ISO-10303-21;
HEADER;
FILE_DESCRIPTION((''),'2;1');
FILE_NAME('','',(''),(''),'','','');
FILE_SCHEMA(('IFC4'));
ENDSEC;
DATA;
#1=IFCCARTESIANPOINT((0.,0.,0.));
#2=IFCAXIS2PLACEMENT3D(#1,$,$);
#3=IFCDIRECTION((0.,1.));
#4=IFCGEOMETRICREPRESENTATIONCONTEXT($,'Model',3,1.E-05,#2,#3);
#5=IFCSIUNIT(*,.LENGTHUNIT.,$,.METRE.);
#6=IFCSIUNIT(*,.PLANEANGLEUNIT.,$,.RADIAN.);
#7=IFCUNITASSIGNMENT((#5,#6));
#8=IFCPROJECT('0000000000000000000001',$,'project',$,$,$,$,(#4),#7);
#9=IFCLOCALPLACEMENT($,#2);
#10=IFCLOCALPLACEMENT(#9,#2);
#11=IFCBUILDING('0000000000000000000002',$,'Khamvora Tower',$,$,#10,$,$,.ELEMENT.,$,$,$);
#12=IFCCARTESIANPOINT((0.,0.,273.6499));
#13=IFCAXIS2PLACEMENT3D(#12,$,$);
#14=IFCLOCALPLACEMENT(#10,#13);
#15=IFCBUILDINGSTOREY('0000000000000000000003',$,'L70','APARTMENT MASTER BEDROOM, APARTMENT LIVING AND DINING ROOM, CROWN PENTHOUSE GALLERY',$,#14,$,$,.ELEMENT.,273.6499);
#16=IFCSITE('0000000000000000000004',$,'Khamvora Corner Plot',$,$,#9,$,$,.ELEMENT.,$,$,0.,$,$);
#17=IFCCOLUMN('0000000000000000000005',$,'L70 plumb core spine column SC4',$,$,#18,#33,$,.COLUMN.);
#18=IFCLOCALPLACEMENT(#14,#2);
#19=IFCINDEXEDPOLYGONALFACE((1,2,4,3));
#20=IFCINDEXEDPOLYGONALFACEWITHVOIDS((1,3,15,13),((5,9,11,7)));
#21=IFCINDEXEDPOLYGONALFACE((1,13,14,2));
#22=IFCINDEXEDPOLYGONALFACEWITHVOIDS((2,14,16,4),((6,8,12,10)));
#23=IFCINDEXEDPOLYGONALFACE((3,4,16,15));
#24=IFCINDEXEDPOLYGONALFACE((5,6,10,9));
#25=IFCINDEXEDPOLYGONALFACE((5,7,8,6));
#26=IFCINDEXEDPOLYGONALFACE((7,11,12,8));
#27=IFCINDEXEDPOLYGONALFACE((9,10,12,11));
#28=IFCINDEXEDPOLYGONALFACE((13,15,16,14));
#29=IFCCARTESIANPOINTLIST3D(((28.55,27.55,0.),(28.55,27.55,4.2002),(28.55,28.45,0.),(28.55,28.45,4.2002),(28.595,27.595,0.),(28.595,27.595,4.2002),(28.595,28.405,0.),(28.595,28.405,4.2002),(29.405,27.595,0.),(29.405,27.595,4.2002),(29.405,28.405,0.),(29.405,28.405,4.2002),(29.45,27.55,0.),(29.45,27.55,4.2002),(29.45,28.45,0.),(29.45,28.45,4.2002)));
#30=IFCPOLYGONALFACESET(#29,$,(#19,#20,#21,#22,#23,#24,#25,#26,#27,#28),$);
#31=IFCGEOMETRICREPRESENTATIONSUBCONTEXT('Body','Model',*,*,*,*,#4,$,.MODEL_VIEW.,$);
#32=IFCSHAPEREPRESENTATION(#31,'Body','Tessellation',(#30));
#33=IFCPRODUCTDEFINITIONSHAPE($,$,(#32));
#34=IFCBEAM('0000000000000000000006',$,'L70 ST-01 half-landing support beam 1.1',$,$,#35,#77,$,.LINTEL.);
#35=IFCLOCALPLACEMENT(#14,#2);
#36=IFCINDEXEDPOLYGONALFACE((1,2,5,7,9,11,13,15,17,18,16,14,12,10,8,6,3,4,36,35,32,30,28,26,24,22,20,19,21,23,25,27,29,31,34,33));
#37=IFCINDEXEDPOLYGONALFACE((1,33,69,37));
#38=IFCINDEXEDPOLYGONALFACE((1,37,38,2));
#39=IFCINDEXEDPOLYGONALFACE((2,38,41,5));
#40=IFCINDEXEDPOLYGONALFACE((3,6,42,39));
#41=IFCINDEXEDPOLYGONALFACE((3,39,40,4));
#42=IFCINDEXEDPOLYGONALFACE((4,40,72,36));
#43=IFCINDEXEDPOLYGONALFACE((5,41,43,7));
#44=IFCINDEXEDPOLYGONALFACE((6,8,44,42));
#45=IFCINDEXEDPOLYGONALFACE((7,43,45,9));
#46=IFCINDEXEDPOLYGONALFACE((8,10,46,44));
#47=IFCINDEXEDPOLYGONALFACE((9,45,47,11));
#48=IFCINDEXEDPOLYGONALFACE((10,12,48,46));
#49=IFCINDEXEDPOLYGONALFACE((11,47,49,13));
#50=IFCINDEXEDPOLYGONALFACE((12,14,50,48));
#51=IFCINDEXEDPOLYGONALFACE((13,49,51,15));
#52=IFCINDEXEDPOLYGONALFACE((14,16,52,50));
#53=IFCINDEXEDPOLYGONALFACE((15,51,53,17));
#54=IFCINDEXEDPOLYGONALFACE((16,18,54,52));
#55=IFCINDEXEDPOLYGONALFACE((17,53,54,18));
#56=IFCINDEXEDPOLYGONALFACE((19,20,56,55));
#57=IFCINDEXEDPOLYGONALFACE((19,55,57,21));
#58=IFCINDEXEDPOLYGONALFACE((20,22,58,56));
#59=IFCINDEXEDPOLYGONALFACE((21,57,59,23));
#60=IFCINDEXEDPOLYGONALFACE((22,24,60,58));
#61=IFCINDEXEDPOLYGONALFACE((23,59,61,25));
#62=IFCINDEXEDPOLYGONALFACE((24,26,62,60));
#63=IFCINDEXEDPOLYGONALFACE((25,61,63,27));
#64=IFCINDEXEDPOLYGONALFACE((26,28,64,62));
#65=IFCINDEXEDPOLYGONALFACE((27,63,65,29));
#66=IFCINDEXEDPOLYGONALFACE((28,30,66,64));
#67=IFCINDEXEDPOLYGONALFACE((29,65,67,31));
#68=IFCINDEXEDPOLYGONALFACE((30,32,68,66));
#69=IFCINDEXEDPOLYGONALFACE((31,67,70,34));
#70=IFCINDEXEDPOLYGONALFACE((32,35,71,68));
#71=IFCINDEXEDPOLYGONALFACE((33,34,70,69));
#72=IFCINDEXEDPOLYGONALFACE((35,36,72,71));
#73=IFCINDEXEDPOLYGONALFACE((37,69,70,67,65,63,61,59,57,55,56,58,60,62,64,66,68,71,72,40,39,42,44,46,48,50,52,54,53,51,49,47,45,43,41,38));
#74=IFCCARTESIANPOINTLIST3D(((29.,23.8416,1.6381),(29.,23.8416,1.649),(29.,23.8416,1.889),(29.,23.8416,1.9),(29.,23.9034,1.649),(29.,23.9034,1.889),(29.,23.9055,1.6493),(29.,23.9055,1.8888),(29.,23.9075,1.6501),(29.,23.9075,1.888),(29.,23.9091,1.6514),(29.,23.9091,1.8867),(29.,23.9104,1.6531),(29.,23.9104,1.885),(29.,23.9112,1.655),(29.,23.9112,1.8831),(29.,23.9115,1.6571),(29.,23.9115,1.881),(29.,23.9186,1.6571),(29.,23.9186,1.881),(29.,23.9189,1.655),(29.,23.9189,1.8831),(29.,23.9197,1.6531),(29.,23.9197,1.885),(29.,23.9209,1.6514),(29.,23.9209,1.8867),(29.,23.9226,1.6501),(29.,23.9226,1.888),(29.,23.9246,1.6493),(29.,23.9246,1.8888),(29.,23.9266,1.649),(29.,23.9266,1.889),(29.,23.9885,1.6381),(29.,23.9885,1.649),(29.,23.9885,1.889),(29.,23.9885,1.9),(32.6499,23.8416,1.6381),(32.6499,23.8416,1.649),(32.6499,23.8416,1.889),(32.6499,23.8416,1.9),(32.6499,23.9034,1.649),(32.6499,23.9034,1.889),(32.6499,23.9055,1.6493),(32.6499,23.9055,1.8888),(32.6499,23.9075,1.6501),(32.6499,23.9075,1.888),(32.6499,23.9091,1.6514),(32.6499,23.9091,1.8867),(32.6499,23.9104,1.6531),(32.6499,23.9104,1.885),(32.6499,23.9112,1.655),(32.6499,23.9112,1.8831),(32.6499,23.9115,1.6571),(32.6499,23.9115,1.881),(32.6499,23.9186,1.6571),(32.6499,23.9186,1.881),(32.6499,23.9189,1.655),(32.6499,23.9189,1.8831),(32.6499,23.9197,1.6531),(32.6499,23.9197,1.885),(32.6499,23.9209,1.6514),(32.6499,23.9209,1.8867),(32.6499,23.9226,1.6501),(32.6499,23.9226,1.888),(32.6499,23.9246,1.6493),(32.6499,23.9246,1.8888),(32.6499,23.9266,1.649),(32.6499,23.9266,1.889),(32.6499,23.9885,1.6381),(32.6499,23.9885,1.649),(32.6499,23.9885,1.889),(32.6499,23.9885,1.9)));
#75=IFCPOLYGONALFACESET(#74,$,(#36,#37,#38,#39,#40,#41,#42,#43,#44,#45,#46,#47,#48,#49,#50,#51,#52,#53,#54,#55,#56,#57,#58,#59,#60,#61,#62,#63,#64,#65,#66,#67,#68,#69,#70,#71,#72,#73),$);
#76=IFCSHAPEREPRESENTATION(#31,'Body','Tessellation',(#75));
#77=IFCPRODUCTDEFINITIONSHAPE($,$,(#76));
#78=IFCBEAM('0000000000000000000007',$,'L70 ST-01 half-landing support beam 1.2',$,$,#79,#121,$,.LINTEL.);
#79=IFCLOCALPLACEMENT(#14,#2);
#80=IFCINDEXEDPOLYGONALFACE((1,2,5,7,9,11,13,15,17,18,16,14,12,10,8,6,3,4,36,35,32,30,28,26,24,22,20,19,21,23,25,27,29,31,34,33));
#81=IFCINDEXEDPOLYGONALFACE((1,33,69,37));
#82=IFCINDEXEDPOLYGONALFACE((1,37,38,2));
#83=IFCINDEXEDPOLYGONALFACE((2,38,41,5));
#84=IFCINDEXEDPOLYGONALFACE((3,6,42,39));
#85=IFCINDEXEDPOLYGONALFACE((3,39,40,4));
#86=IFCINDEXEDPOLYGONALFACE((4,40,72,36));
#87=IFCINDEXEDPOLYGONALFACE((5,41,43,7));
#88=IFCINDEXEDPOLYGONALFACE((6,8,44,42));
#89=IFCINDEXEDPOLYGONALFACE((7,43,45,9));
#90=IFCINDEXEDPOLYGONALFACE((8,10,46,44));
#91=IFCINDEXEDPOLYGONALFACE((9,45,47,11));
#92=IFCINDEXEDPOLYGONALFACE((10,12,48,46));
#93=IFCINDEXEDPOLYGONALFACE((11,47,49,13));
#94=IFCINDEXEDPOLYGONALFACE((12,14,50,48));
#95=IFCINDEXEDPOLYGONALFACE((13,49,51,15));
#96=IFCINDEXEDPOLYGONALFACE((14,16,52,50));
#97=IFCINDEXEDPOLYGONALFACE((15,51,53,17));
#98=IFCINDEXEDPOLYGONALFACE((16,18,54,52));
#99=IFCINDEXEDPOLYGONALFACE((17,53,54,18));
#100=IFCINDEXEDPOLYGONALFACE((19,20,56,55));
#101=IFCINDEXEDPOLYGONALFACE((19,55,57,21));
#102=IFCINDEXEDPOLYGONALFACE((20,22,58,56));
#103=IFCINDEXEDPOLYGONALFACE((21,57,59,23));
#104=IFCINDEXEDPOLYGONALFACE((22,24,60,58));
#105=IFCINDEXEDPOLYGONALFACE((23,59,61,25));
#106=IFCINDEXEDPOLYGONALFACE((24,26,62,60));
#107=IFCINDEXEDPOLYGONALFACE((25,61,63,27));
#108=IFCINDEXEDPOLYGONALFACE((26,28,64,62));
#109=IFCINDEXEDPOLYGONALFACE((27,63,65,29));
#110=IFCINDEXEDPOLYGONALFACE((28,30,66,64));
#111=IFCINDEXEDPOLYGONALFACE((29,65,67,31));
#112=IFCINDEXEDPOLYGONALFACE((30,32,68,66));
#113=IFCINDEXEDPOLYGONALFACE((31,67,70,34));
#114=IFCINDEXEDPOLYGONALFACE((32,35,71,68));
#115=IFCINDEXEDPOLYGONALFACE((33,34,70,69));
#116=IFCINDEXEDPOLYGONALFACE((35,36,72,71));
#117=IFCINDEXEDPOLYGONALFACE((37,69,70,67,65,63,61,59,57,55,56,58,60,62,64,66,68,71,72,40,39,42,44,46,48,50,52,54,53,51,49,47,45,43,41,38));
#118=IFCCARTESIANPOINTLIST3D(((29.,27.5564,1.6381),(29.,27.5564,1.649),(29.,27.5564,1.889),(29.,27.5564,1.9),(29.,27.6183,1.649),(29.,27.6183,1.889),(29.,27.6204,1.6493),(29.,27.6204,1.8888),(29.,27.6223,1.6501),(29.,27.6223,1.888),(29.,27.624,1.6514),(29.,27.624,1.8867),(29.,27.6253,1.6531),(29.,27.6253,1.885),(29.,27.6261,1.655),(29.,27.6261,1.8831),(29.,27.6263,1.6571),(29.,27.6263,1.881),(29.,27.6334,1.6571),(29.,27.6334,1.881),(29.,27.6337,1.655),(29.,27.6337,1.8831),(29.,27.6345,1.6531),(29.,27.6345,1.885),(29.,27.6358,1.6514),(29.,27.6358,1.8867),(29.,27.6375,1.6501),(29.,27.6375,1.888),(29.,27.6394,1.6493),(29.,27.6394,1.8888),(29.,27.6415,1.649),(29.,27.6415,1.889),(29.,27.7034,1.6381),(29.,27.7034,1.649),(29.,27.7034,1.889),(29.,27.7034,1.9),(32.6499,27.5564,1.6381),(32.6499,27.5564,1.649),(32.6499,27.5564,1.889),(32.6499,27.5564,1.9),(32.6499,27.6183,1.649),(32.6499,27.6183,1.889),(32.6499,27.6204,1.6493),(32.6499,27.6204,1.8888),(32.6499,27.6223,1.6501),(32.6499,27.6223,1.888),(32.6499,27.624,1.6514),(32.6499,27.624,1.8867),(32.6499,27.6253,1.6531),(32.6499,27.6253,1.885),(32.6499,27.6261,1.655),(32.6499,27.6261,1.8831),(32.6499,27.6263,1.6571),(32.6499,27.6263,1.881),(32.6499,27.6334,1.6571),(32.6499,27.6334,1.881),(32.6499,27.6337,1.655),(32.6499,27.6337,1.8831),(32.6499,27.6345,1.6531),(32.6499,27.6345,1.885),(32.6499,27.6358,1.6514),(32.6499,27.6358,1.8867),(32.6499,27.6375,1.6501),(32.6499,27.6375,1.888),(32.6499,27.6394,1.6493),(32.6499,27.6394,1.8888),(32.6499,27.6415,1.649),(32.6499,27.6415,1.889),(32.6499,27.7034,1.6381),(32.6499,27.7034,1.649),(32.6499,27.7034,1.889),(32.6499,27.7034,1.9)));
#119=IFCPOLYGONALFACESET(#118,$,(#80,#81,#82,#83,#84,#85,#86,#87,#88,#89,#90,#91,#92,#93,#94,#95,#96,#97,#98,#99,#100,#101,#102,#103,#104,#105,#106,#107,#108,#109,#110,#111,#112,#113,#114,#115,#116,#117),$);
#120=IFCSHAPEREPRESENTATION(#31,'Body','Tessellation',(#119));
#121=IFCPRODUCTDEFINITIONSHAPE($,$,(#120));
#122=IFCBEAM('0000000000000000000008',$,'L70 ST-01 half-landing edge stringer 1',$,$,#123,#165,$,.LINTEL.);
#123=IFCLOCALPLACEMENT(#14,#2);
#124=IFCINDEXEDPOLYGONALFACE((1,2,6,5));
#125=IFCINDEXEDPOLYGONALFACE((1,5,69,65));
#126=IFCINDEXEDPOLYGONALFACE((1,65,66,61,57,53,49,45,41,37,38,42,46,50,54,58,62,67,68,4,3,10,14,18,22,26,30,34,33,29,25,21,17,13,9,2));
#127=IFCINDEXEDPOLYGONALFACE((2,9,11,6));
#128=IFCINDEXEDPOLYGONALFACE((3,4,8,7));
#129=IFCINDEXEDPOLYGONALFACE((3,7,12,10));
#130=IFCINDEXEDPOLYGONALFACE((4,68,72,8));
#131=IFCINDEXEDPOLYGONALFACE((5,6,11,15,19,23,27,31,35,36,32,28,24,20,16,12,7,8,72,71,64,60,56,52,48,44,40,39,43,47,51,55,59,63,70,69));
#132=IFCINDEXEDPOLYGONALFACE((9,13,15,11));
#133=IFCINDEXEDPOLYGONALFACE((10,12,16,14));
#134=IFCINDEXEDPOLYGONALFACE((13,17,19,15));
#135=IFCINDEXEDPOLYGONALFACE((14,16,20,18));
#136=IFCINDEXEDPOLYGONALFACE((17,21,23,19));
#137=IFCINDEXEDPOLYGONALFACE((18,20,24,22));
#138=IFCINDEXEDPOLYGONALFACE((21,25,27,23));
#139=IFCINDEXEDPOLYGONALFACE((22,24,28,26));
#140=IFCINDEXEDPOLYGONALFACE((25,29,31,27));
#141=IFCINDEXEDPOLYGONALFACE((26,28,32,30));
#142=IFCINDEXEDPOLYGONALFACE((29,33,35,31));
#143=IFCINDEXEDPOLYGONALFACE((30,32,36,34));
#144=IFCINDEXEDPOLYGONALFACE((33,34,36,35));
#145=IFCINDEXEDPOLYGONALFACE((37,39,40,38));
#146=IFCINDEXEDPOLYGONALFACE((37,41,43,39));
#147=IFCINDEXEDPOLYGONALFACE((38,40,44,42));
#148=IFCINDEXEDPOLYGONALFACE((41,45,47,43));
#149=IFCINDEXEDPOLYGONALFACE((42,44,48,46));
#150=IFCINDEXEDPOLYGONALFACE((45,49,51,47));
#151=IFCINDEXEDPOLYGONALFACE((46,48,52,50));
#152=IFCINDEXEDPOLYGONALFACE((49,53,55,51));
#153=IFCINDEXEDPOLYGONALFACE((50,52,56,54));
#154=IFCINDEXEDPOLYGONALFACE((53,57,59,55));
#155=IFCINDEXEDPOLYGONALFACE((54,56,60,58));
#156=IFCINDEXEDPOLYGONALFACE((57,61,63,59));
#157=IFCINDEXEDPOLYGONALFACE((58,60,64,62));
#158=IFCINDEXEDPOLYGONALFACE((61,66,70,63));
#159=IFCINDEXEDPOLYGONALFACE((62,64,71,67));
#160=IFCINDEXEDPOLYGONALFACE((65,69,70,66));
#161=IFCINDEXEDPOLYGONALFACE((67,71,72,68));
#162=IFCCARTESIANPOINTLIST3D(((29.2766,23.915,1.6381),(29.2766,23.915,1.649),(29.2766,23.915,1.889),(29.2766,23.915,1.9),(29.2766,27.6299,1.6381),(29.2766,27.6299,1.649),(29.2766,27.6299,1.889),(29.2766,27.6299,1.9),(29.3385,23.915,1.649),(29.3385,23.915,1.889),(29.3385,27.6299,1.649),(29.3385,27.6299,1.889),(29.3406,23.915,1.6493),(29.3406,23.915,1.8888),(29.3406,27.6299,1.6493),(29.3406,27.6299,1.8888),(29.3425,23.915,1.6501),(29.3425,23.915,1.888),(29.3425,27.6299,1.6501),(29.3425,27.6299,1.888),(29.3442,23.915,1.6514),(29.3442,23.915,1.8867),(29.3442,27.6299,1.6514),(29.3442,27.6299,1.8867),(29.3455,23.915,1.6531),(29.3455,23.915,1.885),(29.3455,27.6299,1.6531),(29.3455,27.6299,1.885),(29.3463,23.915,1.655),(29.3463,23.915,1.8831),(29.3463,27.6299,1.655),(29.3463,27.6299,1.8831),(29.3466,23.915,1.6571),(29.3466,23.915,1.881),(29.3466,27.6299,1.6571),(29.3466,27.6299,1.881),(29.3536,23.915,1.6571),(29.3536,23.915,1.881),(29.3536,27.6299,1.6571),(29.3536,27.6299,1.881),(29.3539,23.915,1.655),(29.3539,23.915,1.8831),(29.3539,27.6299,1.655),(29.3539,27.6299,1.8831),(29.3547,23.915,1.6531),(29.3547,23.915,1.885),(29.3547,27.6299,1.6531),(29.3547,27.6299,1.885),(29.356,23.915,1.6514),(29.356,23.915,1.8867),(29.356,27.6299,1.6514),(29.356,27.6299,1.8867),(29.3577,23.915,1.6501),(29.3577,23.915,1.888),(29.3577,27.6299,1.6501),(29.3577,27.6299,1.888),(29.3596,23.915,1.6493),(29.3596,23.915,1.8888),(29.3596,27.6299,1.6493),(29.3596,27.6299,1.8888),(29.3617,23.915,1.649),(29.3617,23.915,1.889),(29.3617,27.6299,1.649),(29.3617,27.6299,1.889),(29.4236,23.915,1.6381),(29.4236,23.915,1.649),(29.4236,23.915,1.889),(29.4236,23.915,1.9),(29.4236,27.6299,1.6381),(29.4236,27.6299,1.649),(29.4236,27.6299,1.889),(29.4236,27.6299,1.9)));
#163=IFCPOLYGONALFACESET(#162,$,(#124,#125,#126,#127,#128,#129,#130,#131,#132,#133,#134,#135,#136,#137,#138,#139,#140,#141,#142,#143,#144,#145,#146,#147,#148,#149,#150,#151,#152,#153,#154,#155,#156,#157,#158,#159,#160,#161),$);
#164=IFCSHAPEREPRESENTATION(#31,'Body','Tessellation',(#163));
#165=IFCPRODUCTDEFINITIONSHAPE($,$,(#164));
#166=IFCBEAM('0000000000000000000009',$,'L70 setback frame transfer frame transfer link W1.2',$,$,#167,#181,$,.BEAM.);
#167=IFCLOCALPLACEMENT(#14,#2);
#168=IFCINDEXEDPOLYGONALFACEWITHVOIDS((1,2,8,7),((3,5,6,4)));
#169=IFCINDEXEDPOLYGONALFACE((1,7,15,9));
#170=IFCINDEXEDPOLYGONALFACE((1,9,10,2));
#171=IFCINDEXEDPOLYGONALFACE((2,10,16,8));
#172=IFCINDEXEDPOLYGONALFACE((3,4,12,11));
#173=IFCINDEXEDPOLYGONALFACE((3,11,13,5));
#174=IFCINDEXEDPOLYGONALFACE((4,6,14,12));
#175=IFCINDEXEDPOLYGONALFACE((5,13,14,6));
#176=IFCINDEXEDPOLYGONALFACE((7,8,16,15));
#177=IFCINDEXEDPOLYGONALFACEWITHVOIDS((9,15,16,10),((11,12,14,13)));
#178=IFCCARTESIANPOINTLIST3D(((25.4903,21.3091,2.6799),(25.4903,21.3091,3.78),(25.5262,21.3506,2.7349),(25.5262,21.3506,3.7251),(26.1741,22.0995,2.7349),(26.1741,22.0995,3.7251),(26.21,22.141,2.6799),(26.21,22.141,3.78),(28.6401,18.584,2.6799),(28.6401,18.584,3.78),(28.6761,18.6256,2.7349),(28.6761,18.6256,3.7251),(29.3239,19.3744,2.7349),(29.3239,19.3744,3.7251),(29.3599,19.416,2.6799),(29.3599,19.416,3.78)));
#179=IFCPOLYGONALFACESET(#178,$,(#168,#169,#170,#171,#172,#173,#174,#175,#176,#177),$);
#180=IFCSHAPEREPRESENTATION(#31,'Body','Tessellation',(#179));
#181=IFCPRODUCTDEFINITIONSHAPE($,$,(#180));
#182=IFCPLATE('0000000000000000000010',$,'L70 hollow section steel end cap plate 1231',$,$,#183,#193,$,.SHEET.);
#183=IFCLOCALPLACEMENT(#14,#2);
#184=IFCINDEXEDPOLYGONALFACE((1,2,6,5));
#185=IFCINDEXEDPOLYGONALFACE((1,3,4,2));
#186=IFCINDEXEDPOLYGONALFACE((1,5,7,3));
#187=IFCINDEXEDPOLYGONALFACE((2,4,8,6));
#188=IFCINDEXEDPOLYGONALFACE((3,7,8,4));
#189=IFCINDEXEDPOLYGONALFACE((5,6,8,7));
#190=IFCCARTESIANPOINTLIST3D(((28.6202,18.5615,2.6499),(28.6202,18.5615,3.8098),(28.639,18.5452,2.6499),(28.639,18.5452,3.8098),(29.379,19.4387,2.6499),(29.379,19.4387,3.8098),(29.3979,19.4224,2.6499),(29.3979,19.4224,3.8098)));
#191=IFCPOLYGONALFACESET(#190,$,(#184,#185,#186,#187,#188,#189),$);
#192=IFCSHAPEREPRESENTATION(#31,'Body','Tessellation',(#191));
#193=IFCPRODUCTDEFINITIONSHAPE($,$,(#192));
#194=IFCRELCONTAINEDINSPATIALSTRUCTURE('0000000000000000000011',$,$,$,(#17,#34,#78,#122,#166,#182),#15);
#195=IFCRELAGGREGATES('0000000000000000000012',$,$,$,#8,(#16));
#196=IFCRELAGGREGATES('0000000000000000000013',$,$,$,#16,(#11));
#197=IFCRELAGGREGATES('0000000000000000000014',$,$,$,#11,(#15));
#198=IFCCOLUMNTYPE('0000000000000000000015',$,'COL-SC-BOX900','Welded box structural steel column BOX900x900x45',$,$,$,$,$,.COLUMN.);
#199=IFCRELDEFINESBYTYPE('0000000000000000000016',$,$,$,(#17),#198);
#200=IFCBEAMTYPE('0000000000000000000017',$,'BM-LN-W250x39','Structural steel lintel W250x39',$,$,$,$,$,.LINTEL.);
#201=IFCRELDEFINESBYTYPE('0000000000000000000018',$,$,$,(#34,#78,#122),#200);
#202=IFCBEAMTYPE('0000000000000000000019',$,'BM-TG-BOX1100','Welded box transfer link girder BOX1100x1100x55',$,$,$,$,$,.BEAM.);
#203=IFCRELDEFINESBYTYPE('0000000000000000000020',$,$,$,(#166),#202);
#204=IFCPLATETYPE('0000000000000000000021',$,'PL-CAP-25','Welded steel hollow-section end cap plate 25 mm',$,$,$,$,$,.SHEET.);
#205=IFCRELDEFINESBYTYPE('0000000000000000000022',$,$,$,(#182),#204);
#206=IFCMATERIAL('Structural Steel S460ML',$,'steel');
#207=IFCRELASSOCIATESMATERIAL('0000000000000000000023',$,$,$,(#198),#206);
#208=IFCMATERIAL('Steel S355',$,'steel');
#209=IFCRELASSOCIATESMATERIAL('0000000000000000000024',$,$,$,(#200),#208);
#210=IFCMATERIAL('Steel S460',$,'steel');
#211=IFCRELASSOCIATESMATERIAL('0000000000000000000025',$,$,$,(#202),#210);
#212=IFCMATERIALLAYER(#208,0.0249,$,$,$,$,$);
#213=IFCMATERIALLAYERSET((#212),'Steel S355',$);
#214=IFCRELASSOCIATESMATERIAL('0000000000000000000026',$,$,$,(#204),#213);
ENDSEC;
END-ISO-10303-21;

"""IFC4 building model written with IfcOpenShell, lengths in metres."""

from ifc_helpers import new_model, si_unit, direction, frame, origin, origin_2d, place, context, subcontext, project, spatial, rectangle, hollow_rectangle, i_section, extrude, material, layer, layer_set, material_profile, profile_set, type_object, element, save


model = new_model("IFC4")

# Units and contexts
model_context = context("Model", 3, precision=1e-05, world=origin(), true_north=direction((0.0, 1.0)))
body_context = subcontext(model_context, "Body", "Model", "MODEL_VIEW")
ifc_project = project(units=[si_unit("LENGTHUNIT", "METRE"), si_unit("PLANEANGLEUNIT", "RADIAN")], contexts=[model_context])

# Site, building, storey
site_placement = place(None, origin())
site = spatial("IfcSite", under=ifc_project, at=site_placement, Name="Khamvora Corner Plot", CompositionType="ELEMENT", RefElevation=0.0)
building_placement = place(site_placement, origin())
building = spatial("IfcBuilding", under=site, at=building_placement, Name="Khamvora Tower", CompositionType="ELEMENT")
storey_placement = place(building_placement, frame((0.0, 0.0, 273.6499)))
storey = spatial("IfcBuildingStorey", under=building, at=storey_placement, Name="L70", Description="APARTMENT MASTER BEDROOM, APARTMENT LIVING AND DINING ROOM, CROWN PENTHOUSE GALLERY", CompositionType="ELEMENT", Elevation=273.6499)

# Column
ifc_material_1 = material(Name="Structural Steel S460ML", Category="steel")
ifc_material_profile_1 = material_profile(ifc_material_1, hollow_rectangle(XDim=0.8999, YDim=0.8999, WallThickness=0.0449, at=origin_2d()), Name="BOX900x900x45")
ifc_profile_set_1 = profile_set([ifc_material_profile_1], Name="Structural Steel S460ML")
column_type = type_object("IfcColumnType", Name="COL-SC-BOX900", Description="Welded box structural steel column BOX900x900x45", PredefinedType="COLUMN", material=ifc_profile_set_1)
column_placement = place(storey_placement, frame((29.0, 28.0, 0.0), z_axis=(0.0, 0.0, 1.0), x_axis=(1.0, 0.0, 0.0)))
element("IfcColumn", 1, at=column_placement, inside=storey, type_object=column_type, Name="L70 plumb core spine column SC4", PredefinedType="COLUMN", context=body_context, shape_type="SweptSolid", body=[
    extrude(hollow_rectangle(XDim=0.8999, YDim=0.8999, WallThickness=0.0449, at=origin_2d()), origin(), (0.0, 0.0, 1.0), 4.2002),
])

# Beams
ifc_material_2 = material(Name="Steel S355", Category="steel")
ifc_material_profile_2 = material_profile(ifc_material_2, i_section(OverallWidth=0.147, OverallDepth=0.262, WebThickness=0.0071, FlangeThickness=0.011, FilletRadius=0.0081, at=origin_2d()), Name="W250x39")
ifc_profile_set_2 = profile_set([ifc_material_profile_2], Name="Steel S355")
beam_type_1 = type_object("IfcBeamType", Name="BM-LN-W250x39", Description="Structural steel lintel W250x39", PredefinedType="LINTEL", material=ifc_profile_set_2)
for number, where, z_axis, x_axis, name in (
    (2, (29.0, 23.915, 1.769), (1.0, 0.0, 0.0), (0.0, 1.0, 0.0), "L70 ST-01 half-landing support beam 1.1"),
    (3, (29.0, 27.6299, 1.769), (1.0, 0.0, 0.0), (0.0, 1.0, 0.0), "L70 ST-01 half-landing support beam 1.2"),
):
    element("IfcBeam", number, at=place(storey_placement, frame(where, z_axis=z_axis, x_axis=x_axis)), inside=storey, type_object=beam_type_1, Name=name, PredefinedType="LINTEL", context=body_context, shape_type="SweptSolid", body=[
        extrude(i_section(OverallWidth=0.147, OverallDepth=0.262, WebThickness=0.0071, FlangeThickness=0.011, FilletRadius=0.0081, at=origin_2d()), origin(), (0.0, 0.0, 1.0), 3.6499),
    ])
beam_1_placement = place(storey_placement, frame((29.3501, 23.915, 1.769), z_axis=(0.0, 1.0, 0.0), x_axis=(-1.0, 0.0, 0.0)))
element("IfcBeam", 4, at=beam_1_placement, inside=storey, type_object=beam_type_1, Name="L70 ST-01 half-landing edge stringer 1", PredefinedType="LINTEL", context=body_context, shape_type="SweptSolid", body=[
    extrude(i_section(OverallWidth=0.147, OverallDepth=0.262, WebThickness=0.0071, FlangeThickness=0.011, FilletRadius=0.0081, at=origin_2d()), origin(), (0.0, 0.0, 1.0), 3.7148),
])
ifc_material_3 = material(Name="Steel S460", Category="steel")
ifc_material_profile_3 = material_profile(ifc_material_3, hollow_rectangle(XDim=1.1001, YDim=1.1001, WallThickness=0.0549, at=origin_2d()), Name="BOX1100x1100x55")
ifc_profile_set_3 = profile_set([ifc_material_profile_3], Name="Steel S460")
beam_type_2 = type_object("IfcBeamType", Name="BM-TG-BOX1100", Description="Welded box transfer link girder BOX1100x1100x55", PredefinedType="BEAM", material=ifc_profile_set_3)
beam_2_placement = place(storey_placement, frame((29.0, 19.0, 3.23), z_axis=(-0.756261, 0.65427, 0.0), x_axis=(-0.65427, -0.756261, 0.0)))
element("IfcBeam", 5, at=beam_2_placement, inside=storey, type_object=beam_type_2, Name="L70 setback frame transfer frame transfer link W1.2", PredefinedType="BEAM", context=body_context, shape_type="SweptSolid", body=[
    extrude(hollow_rectangle(XDim=1.1001, YDim=1.1001, WallThickness=0.0549, at=origin_2d()), origin(), (0.0, 0.0, 1.0), 4.165),
])

# Plate
ifc_layer_1 = layer(ifc_material_2, 0.0249)
ifc_layer_set_1 = layer_set([ifc_layer_1], Name="Steel S355")
plate_type_1 = type_object("IfcPlateType", Name="PL-CAP-25", Description="Welded steel hollow-section end cap plate 25 mm", PredefinedType="SHEET", material=ifc_layer_set_1)
plate_placement = place(storey_placement, frame((29.009, 18.9919, 2.6499), z_axis=(0.0, 0.0, 1.0), x_axis=(-0.756288, 0.654239, 0.0)))
element("IfcPlate", 6, at=plate_placement, inside=storey, type_object=plate_type_1, Name="L70 hollow section steel end cap plate 1231", PredefinedType="SHEET", context=body_context, shape_type="SweptSolid", body=[
    extrude(rectangle(XDim=0.0249, YDim=1.1599, at=origin_2d()), origin(), (0.0, 0.0, 1.0), 1.1599),
])

save(model, "model.ifc")
